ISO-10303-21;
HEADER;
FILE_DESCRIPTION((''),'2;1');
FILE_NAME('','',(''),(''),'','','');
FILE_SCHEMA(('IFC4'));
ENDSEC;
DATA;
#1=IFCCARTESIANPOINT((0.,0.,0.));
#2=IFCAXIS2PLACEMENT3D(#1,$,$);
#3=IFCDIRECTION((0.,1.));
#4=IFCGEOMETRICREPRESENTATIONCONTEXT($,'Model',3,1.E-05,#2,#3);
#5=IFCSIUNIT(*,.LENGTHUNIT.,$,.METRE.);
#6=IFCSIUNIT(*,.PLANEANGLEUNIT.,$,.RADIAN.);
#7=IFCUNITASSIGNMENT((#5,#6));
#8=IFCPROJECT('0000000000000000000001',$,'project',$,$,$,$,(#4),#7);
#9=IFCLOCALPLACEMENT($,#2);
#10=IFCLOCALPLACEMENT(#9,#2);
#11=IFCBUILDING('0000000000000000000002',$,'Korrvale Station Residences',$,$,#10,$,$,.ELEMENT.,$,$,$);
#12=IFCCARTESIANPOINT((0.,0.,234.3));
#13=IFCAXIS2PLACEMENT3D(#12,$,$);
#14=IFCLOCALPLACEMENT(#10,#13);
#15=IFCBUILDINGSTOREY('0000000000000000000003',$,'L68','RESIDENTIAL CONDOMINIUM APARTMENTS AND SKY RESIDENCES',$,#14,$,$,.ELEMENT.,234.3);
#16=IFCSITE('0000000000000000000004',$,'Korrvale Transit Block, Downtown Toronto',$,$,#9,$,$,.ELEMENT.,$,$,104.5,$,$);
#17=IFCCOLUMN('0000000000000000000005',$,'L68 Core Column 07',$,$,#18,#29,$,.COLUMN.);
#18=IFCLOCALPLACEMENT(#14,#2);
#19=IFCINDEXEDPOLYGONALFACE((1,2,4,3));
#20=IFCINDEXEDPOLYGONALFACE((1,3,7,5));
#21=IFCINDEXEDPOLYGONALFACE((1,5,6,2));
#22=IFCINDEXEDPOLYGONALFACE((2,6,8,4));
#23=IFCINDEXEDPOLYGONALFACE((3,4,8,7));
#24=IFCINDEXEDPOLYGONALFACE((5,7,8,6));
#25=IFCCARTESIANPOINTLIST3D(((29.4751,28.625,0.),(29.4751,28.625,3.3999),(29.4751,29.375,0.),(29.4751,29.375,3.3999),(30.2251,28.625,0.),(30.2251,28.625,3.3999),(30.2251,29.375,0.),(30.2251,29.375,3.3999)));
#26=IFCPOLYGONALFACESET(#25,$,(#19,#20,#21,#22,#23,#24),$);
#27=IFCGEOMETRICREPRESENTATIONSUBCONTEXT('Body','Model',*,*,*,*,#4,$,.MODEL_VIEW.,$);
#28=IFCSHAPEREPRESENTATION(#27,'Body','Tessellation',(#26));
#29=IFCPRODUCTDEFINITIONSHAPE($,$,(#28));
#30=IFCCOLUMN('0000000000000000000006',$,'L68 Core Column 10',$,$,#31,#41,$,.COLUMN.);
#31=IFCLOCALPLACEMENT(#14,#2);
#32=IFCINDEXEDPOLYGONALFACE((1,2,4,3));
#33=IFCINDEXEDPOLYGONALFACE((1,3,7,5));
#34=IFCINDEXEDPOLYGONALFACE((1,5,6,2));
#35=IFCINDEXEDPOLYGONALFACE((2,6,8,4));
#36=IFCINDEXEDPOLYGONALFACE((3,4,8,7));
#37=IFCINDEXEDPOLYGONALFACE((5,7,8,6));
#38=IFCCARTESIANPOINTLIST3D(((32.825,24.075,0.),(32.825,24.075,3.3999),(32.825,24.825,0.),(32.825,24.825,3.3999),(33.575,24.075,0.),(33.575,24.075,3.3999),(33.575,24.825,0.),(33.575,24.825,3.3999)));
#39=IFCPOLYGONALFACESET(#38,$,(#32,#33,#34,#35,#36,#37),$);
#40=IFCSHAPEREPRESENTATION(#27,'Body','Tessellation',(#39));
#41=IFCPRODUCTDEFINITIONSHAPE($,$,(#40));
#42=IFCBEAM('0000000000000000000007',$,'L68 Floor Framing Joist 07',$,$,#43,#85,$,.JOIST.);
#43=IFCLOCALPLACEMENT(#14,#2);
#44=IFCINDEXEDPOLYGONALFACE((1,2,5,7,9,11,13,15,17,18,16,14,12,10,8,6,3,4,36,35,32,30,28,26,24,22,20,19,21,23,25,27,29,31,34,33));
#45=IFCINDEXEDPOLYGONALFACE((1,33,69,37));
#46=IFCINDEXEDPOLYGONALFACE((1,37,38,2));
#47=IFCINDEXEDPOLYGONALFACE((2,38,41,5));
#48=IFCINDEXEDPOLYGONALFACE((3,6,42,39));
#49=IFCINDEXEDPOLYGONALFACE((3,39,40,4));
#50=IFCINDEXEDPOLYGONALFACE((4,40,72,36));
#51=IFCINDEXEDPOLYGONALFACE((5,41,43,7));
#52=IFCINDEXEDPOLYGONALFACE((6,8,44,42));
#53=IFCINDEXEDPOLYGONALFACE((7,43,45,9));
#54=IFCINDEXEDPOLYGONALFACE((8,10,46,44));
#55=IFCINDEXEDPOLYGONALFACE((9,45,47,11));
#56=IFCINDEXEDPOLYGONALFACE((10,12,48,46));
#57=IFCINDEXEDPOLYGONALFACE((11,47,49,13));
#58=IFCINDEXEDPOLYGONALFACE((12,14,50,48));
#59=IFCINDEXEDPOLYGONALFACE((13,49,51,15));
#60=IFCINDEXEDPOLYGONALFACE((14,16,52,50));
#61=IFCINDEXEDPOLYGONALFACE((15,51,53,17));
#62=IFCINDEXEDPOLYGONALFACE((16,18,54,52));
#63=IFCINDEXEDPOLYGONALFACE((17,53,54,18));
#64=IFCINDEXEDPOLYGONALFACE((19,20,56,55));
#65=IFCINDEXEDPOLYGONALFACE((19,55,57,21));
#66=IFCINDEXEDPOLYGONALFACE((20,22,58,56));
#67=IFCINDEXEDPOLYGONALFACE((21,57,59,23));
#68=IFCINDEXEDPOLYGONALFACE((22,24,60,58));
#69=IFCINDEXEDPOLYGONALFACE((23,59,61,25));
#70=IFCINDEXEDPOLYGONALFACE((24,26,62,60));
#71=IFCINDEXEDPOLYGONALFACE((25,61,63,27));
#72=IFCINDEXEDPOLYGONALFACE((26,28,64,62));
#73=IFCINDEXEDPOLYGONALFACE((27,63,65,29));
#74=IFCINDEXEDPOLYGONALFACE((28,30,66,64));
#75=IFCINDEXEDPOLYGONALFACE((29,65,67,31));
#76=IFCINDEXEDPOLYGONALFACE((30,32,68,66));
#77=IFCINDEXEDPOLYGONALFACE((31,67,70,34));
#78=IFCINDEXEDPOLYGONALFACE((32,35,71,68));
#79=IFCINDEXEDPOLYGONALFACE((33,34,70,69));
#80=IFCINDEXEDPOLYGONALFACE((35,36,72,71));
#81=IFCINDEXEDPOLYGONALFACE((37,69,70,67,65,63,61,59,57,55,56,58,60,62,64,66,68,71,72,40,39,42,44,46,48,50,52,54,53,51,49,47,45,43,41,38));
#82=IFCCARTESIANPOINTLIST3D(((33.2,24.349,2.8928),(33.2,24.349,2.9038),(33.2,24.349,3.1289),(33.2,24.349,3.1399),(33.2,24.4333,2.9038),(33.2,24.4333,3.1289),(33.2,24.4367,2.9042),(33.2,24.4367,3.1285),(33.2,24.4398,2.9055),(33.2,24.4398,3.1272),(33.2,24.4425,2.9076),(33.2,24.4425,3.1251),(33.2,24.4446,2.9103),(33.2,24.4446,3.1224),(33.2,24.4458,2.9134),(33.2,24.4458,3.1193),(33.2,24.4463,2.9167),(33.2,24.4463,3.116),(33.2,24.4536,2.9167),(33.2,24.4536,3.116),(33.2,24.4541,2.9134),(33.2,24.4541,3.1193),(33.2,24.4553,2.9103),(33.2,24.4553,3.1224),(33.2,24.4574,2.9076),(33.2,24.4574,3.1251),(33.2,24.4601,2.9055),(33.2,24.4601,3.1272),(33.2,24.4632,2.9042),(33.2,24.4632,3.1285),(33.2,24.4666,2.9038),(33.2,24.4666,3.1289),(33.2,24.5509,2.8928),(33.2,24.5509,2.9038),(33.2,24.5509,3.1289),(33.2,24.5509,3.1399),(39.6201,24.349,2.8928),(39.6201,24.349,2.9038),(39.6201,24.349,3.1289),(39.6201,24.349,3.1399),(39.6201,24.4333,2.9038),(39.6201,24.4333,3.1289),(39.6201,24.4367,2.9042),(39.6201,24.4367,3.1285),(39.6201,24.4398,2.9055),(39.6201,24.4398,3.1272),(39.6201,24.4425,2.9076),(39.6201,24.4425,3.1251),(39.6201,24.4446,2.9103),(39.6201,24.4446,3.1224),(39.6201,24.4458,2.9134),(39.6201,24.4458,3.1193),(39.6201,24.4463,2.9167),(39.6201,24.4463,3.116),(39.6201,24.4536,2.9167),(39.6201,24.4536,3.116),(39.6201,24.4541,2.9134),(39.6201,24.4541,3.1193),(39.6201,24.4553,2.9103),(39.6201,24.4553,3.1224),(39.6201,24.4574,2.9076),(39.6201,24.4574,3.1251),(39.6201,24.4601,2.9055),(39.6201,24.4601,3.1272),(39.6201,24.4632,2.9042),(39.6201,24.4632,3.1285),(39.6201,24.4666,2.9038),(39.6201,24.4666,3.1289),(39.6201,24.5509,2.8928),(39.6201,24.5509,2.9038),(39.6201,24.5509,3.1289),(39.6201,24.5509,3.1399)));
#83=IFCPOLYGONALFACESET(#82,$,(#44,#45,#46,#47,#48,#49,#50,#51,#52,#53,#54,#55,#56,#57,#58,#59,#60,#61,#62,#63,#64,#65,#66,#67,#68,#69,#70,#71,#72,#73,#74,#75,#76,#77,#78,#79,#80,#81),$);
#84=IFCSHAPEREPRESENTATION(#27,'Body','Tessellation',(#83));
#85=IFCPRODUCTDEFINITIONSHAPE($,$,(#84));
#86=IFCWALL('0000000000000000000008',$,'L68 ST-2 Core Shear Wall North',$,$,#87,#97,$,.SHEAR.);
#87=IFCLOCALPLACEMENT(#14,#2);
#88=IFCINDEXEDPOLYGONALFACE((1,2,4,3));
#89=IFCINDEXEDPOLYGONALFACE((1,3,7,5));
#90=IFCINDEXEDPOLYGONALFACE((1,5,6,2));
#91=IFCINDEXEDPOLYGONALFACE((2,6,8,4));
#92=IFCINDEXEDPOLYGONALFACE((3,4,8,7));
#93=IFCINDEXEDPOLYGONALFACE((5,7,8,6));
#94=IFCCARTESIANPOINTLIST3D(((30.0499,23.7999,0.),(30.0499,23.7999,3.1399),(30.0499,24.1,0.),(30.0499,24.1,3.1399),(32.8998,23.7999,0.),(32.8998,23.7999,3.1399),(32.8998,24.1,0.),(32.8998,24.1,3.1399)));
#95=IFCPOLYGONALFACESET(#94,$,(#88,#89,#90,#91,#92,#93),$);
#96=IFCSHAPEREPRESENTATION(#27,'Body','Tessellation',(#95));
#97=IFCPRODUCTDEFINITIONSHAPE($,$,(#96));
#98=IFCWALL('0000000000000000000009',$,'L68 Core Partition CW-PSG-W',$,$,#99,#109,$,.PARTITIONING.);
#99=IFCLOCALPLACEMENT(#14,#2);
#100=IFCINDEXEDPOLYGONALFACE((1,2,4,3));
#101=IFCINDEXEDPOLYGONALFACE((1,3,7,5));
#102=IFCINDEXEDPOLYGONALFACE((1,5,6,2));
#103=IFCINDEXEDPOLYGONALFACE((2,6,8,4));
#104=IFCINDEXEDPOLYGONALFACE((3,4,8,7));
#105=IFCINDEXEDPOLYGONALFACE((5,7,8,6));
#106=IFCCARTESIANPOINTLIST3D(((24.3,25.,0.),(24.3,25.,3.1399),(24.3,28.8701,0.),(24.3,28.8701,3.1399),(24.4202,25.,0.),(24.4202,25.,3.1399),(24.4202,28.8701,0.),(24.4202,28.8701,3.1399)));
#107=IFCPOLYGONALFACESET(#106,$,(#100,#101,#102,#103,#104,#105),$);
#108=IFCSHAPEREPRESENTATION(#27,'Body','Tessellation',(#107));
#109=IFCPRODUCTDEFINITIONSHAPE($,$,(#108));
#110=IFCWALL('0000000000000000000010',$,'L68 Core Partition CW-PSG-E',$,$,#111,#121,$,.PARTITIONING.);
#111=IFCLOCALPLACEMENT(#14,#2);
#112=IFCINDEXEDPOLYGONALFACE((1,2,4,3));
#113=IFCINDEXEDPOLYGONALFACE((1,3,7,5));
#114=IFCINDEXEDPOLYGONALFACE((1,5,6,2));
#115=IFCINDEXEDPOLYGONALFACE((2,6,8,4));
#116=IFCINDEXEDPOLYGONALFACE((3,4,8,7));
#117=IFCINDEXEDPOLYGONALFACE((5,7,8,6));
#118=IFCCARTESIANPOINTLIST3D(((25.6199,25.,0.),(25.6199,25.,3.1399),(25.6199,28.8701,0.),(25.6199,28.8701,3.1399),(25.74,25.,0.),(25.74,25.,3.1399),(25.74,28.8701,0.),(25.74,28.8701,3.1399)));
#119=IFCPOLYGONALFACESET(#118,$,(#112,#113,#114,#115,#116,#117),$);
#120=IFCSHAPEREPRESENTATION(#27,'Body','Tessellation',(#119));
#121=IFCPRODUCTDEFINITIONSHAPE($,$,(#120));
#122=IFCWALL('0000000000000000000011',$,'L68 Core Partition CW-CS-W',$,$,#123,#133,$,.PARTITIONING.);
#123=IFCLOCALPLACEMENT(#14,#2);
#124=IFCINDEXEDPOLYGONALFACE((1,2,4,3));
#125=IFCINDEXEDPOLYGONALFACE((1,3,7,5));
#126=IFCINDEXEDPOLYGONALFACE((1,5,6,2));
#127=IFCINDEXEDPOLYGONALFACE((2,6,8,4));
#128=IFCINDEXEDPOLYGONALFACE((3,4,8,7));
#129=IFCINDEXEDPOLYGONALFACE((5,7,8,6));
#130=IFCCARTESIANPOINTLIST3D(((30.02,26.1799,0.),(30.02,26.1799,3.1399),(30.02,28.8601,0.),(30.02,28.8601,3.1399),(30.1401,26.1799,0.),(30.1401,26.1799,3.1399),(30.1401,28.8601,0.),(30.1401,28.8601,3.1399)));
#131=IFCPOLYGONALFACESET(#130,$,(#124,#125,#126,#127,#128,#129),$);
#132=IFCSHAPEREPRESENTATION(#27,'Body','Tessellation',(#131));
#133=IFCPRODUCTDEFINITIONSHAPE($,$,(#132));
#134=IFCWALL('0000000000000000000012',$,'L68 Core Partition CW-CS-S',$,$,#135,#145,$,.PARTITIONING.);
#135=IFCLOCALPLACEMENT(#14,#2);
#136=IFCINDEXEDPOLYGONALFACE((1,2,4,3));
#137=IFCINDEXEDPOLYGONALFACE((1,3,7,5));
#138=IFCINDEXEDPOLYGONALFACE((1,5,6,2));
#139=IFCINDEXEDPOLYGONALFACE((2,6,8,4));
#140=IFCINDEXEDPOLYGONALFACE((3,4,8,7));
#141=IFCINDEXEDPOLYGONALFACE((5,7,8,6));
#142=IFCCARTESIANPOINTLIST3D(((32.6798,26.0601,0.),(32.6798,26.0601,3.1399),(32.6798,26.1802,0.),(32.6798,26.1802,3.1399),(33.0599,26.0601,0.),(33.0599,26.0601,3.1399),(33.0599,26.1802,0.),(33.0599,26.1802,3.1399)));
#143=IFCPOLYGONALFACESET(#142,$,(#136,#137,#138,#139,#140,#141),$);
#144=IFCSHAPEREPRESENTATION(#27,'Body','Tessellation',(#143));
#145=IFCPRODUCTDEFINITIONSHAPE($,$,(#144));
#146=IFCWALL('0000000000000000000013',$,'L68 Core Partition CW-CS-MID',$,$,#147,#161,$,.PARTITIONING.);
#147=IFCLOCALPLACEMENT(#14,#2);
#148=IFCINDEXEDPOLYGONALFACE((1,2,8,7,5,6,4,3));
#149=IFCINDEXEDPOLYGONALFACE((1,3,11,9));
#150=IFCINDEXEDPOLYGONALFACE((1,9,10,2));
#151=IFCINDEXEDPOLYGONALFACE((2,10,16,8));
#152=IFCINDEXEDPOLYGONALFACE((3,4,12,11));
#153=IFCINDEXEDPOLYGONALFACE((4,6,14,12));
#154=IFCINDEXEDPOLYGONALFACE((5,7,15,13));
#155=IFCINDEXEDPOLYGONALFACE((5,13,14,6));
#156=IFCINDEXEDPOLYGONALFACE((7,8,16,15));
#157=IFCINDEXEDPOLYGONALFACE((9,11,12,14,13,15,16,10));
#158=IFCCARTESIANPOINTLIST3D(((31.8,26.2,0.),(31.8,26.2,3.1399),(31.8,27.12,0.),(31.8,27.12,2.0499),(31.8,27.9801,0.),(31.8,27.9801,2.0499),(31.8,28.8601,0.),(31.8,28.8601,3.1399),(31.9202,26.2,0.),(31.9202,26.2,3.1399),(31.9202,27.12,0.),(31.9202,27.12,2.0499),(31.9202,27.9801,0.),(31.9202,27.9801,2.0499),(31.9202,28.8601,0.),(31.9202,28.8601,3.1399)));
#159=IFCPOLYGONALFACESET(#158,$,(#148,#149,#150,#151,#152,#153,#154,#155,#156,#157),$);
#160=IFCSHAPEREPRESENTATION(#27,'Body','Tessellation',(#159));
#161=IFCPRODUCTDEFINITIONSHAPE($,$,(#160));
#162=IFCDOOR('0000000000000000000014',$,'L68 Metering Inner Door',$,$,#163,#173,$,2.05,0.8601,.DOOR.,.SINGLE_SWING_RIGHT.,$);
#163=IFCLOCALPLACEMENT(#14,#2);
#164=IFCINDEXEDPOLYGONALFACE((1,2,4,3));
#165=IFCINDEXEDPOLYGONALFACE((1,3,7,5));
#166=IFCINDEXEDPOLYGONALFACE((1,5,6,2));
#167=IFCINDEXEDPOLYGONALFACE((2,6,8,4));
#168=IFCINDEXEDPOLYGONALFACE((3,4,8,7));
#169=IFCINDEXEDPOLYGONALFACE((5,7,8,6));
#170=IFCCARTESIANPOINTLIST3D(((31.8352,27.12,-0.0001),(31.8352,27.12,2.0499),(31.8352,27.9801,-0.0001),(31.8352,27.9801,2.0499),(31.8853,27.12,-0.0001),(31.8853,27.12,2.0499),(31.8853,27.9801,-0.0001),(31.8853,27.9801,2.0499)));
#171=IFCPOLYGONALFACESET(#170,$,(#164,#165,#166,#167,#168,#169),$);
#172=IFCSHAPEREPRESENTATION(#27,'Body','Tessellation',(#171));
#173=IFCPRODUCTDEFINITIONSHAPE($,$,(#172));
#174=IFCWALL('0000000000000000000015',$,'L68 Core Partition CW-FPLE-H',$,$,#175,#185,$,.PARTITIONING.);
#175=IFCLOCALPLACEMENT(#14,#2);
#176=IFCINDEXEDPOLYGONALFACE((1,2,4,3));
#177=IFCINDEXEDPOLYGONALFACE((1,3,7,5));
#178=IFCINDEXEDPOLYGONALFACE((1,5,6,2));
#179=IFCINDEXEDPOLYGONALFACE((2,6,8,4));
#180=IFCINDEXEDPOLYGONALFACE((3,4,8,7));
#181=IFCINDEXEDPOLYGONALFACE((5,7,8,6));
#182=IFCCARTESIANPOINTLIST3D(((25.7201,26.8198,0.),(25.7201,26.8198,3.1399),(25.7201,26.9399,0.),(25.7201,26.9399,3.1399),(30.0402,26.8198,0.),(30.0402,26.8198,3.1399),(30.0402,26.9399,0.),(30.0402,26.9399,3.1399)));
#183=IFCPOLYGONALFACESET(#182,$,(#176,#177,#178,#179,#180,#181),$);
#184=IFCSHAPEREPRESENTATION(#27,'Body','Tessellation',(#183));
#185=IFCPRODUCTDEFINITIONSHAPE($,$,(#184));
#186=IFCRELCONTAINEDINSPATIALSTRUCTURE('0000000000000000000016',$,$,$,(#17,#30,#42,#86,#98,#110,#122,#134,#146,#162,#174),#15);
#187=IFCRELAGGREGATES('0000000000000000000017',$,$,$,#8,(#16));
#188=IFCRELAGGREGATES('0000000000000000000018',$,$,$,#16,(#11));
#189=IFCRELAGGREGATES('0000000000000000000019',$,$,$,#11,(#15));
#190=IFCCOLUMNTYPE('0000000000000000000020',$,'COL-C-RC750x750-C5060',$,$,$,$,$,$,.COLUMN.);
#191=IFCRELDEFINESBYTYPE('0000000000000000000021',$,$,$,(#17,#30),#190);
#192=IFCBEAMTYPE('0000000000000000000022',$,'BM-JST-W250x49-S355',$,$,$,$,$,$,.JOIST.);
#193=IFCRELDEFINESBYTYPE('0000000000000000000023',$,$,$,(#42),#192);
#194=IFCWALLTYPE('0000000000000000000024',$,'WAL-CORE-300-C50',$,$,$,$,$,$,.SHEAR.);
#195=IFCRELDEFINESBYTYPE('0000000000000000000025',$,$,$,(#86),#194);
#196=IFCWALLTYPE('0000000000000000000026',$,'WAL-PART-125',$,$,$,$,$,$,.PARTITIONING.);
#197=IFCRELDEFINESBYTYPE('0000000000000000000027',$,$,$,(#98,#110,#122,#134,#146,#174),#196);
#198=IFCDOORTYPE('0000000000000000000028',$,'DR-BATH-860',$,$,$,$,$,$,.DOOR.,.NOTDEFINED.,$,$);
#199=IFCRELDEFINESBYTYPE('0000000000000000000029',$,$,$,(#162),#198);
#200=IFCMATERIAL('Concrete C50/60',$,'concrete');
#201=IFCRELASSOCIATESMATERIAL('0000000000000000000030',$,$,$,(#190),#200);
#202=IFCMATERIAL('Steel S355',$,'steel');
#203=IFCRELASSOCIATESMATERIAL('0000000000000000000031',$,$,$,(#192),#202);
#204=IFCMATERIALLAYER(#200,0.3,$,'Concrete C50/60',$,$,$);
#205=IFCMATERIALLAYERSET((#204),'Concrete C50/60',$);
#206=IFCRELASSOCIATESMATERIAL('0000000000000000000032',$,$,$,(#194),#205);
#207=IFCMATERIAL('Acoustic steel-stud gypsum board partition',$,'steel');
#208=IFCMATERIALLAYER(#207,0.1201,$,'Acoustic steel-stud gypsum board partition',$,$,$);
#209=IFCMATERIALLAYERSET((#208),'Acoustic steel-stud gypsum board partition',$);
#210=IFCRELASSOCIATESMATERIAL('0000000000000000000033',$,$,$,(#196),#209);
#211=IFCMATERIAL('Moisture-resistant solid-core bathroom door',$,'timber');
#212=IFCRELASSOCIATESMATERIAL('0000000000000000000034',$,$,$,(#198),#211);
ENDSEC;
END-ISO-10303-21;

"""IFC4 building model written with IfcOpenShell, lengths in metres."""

from ifc_helpers import new_model, si_unit, direction, frame, frame_2d, origin, origin_2d, place, context, subcontext, project, spatial, rectangle, i_section, extrude, material, layer, layer_set, material_profile, profile_set, type_object, element, fill, save


model = new_model("IFC4")

# Units and contexts
model_context = context("Model", 3, precision=1e-05, world=origin(), true_north=direction((0.0, 1.0)))
body_context = subcontext(model_context, "Body", "Model", "MODEL_VIEW")
ifc_project = project(units=[si_unit("LENGTHUNIT", "METRE"), si_unit("PLANEANGLEUNIT", "RADIAN")], contexts=[model_context])

# Site, building, storey
site_placement = place(None, origin())
site = spatial("IfcSite", under=ifc_project, at=site_placement, Name="Korrvale Transit Block, Downtown Toronto", CompositionType="ELEMENT", RefElevation=104.5)
building_placement = place(site_placement, origin())
building = spatial("IfcBuilding", under=site, at=building_placement, Name="Korrvale Station Residences", CompositionType="ELEMENT")
storey_placement = place(building_placement, frame((0.0, 0.0, 234.3)))
storey = spatial("IfcBuildingStorey", under=building, at=storey_placement, Name="L68", Description="RESIDENTIAL CONDOMINIUM APARTMENTS AND SKY RESIDENCES", CompositionType="ELEMENT", Elevation=234.3)

# Columns
ifc_material_1 = material(Name="Concrete C50/60", Category="concrete")
ifc_material_profile_1 = material_profile(ifc_material_1, rectangle(XDim=0.75, YDim=0.75, at=origin_2d()), Name="RC750x750")
ifc_profile_set_1 = profile_set([ifc_material_profile_1], Name="Concrete C50/60")
column_type = type_object("IfcColumnType", Name="COL-C-RC750x750-C5060", PredefinedType="COLUMN", material=ifc_profile_set_1)
for number, where, z_axis, x_axis, name in (
    (1, (29.8501, 29.0, 0.0), (0.0, 0.0, 1.0), (1.0, 0.0, 0.0), "L68 Core Column 07"),
    (2, (33.2, 24.45, 0.0), (0.0, 0.0, 1.0), (1.0, 0.0, 0.0), "L68 Core Column 10"),
):
    element("IfcColumn", number, at=place(storey_placement, frame(where, z_axis=z_axis, x_axis=x_axis)), inside=storey, type_object=column_type, Name=name, PredefinedType="COLUMN", context=body_context, shape_type="SweptSolid", body=[
        extrude(rectangle(XDim=0.75, YDim=0.75, at=origin_2d()), origin(), (0.0, 0.0, 1.0), 3.3999),
    ])

# Beam
ifc_material_2 = material(Name="Steel S355", Category="steel")
ifc_material_profile_2 = material_profile(ifc_material_2, i_section(OverallWidth=0.2019, OverallDepth=0.2471, WebThickness=0.0073, FlangeThickness=0.011, FilletRadius=0.0129, at=origin_2d()), Name="W250x49")
ifc_profile_set_2 = profile_set([ifc_material_profile_2], Name="Steel S355")
beam_type = type_object("IfcBeamType", Name="BM-JST-W250x49-S355", PredefinedType="JOIST", material=ifc_profile_set_2)
beam_placement = place(storey_placement, frame((33.2, 24.45, 3.0164), z_axis=(1.0, 0.0, 0.0), x_axis=(0.0, 1.0, 0.0)))
element("IfcBeam", 3, at=beam_placement, inside=storey, type_object=beam_type, Name="L68 Floor Framing Joist 07", PredefinedType="JOIST", context=body_context, shape_type="SweptSolid", body=[
    extrude(i_section(OverallWidth=0.2019, OverallDepth=0.2471, WebThickness=0.0073, FlangeThickness=0.011, FilletRadius=0.0129, at=origin_2d()), origin(), (0.0, 0.0, 1.0), 6.4202),
])

# Walls
ifc_layer_1 = layer(ifc_material_1, 0.3, Name="Concrete C50/60")
ifc_layer_set_1 = layer_set([ifc_layer_1], Name="Concrete C50/60")
wall_type_1 = type_object("IfcWallType", Name="WAL-CORE-300-C50", PredefinedType="SHEAR", material=ifc_layer_set_1)
wall_1_placement = place(storey_placement, frame((30.05, 23.95, 0.0), z_axis=(0.0, 0.0, 1.0), x_axis=(1.0, 0.0, 0.0)))
element("IfcWall", 4, at=wall_1_placement, inside=storey, type_object=wall_type_1, Name="L68 ST-2 Core Shear Wall North", PredefinedType="SHEAR", context=body_context, shape_type="SweptSolid", body=[
    extrude(rectangle(XDim=2.8499, YDim=0.3, at=frame_2d((1.4248, 0.0))), origin(), (0.0, 0.0, 1.0), 3.1399),
])
ifc_material_3 = material(Name="Acoustic steel-stud gypsum board partition", Category="steel")
ifc_layer_2 = layer(ifc_material_3, 0.1201, Name="Acoustic steel-stud gypsum board partition")
ifc_layer_set_2 = layer_set([ifc_layer_2], Name="Acoustic steel-stud gypsum board partition")
wall_type_2 = type_object("IfcWallType", Name="WAL-PART-125", PredefinedType="PARTITIONING", material=ifc_layer_set_2)
for number, where, z_axis, x_axis, name in (
    (5, (24.3601, 25.0, 0.0), (0.0, 0.0, 1.0), (0.0, 1.0, 0.0), "L68 Core Partition CW-PSG-W"),
    (6, (25.6799, 25.0, 0.0), (0.0, 0.0, 1.0), (0.0, 1.0, 0.0), "L68 Core Partition CW-PSG-E"),
):
    element("IfcWall", number, at=place(storey_placement, frame(where, z_axis=z_axis, x_axis=x_axis)), inside=storey, type_object=wall_type_2, Name=name, PredefinedType="PARTITIONING", context=body_context, shape_type="SweptSolid", body=[
        extrude(rectangle(XDim=3.8701, YDim=0.1201, at=frame_2d((1.9351, 0.0))), origin(), (0.0, 0.0, 1.0), 3.1399),
    ])
wall_2_placement = place(storey_placement, frame((30.0801, 26.1799, 0.0), z_axis=(0.0, 0.0, 1.0), x_axis=(0.0, 1.0, 0.0)))
element("IfcWall", 7, at=wall_2_placement, inside=storey, type_object=wall_type_2, Name="L68 Core Partition CW-CS-W", PredefinedType="PARTITIONING", context=body_context, shape_type="SweptSolid", body=[
    extrude(rectangle(XDim=2.6802, YDim=0.1201, at=frame_2d((1.3401, 0.0))), origin(), (0.0, 0.0, 1.0), 3.1399),
])
wall_3_placement = place(storey_placement, frame((32.6799, 26.1201, 0.0), z_axis=(0.0, 0.0, 1.0), x_axis=(1.0, 0.0, 0.0)))
element("IfcWall", 8, at=wall_3_placement, inside=storey, type_object=wall_type_2, Name="L68 Core Partition CW-CS-S", PredefinedType="PARTITIONING", context=body_context, shape_type="SweptSolid", body=[
    extrude(rectangle(XDim=0.3801, YDim=0.1201, at=frame_2d((0.1899, 0.0))), origin(), (0.0, 0.0, 1.0), 3.1399),
])

# Wall, opening, door
wall_4_placement = place(storey_placement, frame((31.8601, 26.2, 0.0), z_axis=(0.0, 0.0, 1.0), x_axis=(0.0, 1.0, 0.0)))
wall_4 = element("IfcWall", 9, at=wall_4_placement, inside=storey, type_object=wall_type_2, Name="L68 Core Partition CW-CS-MID", PredefinedType="PARTITIONING", context=body_context, shape_type="SweptSolid", body=[
    extrude(rectangle(XDim=2.6602, YDim=0.1201, at=frame_2d((1.3301, 0.0))), origin(), (0.0, 0.0, 1.0), 3.1399),
])
opening_1_placement = place(wall_4_placement, frame((0.9199, 0.0, 0.0)))
opening_1 = element("IfcOpeningElement", 10, at=opening_1_placement, cuts=wall_4, PredefinedType="OPENING", context=body_context, shape_type="SweptSolid", body=[
    extrude(rectangle(XDim=0.8601, YDim=2.05, at=frame_2d((0.4302, 1.0249))), frame((0.0, 0.0701, 0.0), z_axis=(0.0, -1.0, 0.0), x_axis=(1.0, 0.0, 0.0)), (0.0, 0.0, 1.0), 0.1401),
])
ifc_material_4 = material(Name="Moisture-resistant solid-core bathroom door", Category="timber")
door_type_1 = type_object("IfcDoorType", Name="DR-BATH-860", OperationType="NOTDEFINED", PredefinedType="DOOR", material=ifc_material_4)
door_1_placement = place(opening_1_placement, origin())
door_1 = element("IfcDoor", 11, at=door_1_placement, inside=storey, type_object=door_type_1, Name="L68 Metering Inner Door", OperationType="SINGLE_SWING_RIGHT", OverallHeight=2.05, OverallWidth=0.8601, PredefinedType="DOOR", context=body_context, shape_type="SweptSolid", body=[
    extrude(rectangle(XDim=0.8601, YDim=2.05, at=frame_2d((0.4302, 1.0249))), frame((0.0, 0.0249, 0.0), z_axis=(0.0, -1.0, 0.0), x_axis=(1.0, 0.0, 0.0)), (0.0, 0.0, 1.0), 0.05),
])
fill(opening_1, door_1)

# Wall
wall_5_placement = place(storey_placement, frame((25.72, 26.8799, 0.0), z_axis=(0.0, 0.0, 1.0), x_axis=(1.0, 0.0, 0.0)))
element("IfcWall", 12, at=wall_5_placement, inside=storey, type_object=wall_type_2, Name="L68 Core Partition CW-FPLE-H", PredefinedType="PARTITIONING", context=body_context, shape_type="SweptSolid", body=[
    extrude(rectangle(XDim=4.3201, YDim=0.1201, at=frame_2d((2.1602, 0.0))), origin(), (0.0, 0.0, 1.0), 3.1399),
])

save(model, "model.ifc")
